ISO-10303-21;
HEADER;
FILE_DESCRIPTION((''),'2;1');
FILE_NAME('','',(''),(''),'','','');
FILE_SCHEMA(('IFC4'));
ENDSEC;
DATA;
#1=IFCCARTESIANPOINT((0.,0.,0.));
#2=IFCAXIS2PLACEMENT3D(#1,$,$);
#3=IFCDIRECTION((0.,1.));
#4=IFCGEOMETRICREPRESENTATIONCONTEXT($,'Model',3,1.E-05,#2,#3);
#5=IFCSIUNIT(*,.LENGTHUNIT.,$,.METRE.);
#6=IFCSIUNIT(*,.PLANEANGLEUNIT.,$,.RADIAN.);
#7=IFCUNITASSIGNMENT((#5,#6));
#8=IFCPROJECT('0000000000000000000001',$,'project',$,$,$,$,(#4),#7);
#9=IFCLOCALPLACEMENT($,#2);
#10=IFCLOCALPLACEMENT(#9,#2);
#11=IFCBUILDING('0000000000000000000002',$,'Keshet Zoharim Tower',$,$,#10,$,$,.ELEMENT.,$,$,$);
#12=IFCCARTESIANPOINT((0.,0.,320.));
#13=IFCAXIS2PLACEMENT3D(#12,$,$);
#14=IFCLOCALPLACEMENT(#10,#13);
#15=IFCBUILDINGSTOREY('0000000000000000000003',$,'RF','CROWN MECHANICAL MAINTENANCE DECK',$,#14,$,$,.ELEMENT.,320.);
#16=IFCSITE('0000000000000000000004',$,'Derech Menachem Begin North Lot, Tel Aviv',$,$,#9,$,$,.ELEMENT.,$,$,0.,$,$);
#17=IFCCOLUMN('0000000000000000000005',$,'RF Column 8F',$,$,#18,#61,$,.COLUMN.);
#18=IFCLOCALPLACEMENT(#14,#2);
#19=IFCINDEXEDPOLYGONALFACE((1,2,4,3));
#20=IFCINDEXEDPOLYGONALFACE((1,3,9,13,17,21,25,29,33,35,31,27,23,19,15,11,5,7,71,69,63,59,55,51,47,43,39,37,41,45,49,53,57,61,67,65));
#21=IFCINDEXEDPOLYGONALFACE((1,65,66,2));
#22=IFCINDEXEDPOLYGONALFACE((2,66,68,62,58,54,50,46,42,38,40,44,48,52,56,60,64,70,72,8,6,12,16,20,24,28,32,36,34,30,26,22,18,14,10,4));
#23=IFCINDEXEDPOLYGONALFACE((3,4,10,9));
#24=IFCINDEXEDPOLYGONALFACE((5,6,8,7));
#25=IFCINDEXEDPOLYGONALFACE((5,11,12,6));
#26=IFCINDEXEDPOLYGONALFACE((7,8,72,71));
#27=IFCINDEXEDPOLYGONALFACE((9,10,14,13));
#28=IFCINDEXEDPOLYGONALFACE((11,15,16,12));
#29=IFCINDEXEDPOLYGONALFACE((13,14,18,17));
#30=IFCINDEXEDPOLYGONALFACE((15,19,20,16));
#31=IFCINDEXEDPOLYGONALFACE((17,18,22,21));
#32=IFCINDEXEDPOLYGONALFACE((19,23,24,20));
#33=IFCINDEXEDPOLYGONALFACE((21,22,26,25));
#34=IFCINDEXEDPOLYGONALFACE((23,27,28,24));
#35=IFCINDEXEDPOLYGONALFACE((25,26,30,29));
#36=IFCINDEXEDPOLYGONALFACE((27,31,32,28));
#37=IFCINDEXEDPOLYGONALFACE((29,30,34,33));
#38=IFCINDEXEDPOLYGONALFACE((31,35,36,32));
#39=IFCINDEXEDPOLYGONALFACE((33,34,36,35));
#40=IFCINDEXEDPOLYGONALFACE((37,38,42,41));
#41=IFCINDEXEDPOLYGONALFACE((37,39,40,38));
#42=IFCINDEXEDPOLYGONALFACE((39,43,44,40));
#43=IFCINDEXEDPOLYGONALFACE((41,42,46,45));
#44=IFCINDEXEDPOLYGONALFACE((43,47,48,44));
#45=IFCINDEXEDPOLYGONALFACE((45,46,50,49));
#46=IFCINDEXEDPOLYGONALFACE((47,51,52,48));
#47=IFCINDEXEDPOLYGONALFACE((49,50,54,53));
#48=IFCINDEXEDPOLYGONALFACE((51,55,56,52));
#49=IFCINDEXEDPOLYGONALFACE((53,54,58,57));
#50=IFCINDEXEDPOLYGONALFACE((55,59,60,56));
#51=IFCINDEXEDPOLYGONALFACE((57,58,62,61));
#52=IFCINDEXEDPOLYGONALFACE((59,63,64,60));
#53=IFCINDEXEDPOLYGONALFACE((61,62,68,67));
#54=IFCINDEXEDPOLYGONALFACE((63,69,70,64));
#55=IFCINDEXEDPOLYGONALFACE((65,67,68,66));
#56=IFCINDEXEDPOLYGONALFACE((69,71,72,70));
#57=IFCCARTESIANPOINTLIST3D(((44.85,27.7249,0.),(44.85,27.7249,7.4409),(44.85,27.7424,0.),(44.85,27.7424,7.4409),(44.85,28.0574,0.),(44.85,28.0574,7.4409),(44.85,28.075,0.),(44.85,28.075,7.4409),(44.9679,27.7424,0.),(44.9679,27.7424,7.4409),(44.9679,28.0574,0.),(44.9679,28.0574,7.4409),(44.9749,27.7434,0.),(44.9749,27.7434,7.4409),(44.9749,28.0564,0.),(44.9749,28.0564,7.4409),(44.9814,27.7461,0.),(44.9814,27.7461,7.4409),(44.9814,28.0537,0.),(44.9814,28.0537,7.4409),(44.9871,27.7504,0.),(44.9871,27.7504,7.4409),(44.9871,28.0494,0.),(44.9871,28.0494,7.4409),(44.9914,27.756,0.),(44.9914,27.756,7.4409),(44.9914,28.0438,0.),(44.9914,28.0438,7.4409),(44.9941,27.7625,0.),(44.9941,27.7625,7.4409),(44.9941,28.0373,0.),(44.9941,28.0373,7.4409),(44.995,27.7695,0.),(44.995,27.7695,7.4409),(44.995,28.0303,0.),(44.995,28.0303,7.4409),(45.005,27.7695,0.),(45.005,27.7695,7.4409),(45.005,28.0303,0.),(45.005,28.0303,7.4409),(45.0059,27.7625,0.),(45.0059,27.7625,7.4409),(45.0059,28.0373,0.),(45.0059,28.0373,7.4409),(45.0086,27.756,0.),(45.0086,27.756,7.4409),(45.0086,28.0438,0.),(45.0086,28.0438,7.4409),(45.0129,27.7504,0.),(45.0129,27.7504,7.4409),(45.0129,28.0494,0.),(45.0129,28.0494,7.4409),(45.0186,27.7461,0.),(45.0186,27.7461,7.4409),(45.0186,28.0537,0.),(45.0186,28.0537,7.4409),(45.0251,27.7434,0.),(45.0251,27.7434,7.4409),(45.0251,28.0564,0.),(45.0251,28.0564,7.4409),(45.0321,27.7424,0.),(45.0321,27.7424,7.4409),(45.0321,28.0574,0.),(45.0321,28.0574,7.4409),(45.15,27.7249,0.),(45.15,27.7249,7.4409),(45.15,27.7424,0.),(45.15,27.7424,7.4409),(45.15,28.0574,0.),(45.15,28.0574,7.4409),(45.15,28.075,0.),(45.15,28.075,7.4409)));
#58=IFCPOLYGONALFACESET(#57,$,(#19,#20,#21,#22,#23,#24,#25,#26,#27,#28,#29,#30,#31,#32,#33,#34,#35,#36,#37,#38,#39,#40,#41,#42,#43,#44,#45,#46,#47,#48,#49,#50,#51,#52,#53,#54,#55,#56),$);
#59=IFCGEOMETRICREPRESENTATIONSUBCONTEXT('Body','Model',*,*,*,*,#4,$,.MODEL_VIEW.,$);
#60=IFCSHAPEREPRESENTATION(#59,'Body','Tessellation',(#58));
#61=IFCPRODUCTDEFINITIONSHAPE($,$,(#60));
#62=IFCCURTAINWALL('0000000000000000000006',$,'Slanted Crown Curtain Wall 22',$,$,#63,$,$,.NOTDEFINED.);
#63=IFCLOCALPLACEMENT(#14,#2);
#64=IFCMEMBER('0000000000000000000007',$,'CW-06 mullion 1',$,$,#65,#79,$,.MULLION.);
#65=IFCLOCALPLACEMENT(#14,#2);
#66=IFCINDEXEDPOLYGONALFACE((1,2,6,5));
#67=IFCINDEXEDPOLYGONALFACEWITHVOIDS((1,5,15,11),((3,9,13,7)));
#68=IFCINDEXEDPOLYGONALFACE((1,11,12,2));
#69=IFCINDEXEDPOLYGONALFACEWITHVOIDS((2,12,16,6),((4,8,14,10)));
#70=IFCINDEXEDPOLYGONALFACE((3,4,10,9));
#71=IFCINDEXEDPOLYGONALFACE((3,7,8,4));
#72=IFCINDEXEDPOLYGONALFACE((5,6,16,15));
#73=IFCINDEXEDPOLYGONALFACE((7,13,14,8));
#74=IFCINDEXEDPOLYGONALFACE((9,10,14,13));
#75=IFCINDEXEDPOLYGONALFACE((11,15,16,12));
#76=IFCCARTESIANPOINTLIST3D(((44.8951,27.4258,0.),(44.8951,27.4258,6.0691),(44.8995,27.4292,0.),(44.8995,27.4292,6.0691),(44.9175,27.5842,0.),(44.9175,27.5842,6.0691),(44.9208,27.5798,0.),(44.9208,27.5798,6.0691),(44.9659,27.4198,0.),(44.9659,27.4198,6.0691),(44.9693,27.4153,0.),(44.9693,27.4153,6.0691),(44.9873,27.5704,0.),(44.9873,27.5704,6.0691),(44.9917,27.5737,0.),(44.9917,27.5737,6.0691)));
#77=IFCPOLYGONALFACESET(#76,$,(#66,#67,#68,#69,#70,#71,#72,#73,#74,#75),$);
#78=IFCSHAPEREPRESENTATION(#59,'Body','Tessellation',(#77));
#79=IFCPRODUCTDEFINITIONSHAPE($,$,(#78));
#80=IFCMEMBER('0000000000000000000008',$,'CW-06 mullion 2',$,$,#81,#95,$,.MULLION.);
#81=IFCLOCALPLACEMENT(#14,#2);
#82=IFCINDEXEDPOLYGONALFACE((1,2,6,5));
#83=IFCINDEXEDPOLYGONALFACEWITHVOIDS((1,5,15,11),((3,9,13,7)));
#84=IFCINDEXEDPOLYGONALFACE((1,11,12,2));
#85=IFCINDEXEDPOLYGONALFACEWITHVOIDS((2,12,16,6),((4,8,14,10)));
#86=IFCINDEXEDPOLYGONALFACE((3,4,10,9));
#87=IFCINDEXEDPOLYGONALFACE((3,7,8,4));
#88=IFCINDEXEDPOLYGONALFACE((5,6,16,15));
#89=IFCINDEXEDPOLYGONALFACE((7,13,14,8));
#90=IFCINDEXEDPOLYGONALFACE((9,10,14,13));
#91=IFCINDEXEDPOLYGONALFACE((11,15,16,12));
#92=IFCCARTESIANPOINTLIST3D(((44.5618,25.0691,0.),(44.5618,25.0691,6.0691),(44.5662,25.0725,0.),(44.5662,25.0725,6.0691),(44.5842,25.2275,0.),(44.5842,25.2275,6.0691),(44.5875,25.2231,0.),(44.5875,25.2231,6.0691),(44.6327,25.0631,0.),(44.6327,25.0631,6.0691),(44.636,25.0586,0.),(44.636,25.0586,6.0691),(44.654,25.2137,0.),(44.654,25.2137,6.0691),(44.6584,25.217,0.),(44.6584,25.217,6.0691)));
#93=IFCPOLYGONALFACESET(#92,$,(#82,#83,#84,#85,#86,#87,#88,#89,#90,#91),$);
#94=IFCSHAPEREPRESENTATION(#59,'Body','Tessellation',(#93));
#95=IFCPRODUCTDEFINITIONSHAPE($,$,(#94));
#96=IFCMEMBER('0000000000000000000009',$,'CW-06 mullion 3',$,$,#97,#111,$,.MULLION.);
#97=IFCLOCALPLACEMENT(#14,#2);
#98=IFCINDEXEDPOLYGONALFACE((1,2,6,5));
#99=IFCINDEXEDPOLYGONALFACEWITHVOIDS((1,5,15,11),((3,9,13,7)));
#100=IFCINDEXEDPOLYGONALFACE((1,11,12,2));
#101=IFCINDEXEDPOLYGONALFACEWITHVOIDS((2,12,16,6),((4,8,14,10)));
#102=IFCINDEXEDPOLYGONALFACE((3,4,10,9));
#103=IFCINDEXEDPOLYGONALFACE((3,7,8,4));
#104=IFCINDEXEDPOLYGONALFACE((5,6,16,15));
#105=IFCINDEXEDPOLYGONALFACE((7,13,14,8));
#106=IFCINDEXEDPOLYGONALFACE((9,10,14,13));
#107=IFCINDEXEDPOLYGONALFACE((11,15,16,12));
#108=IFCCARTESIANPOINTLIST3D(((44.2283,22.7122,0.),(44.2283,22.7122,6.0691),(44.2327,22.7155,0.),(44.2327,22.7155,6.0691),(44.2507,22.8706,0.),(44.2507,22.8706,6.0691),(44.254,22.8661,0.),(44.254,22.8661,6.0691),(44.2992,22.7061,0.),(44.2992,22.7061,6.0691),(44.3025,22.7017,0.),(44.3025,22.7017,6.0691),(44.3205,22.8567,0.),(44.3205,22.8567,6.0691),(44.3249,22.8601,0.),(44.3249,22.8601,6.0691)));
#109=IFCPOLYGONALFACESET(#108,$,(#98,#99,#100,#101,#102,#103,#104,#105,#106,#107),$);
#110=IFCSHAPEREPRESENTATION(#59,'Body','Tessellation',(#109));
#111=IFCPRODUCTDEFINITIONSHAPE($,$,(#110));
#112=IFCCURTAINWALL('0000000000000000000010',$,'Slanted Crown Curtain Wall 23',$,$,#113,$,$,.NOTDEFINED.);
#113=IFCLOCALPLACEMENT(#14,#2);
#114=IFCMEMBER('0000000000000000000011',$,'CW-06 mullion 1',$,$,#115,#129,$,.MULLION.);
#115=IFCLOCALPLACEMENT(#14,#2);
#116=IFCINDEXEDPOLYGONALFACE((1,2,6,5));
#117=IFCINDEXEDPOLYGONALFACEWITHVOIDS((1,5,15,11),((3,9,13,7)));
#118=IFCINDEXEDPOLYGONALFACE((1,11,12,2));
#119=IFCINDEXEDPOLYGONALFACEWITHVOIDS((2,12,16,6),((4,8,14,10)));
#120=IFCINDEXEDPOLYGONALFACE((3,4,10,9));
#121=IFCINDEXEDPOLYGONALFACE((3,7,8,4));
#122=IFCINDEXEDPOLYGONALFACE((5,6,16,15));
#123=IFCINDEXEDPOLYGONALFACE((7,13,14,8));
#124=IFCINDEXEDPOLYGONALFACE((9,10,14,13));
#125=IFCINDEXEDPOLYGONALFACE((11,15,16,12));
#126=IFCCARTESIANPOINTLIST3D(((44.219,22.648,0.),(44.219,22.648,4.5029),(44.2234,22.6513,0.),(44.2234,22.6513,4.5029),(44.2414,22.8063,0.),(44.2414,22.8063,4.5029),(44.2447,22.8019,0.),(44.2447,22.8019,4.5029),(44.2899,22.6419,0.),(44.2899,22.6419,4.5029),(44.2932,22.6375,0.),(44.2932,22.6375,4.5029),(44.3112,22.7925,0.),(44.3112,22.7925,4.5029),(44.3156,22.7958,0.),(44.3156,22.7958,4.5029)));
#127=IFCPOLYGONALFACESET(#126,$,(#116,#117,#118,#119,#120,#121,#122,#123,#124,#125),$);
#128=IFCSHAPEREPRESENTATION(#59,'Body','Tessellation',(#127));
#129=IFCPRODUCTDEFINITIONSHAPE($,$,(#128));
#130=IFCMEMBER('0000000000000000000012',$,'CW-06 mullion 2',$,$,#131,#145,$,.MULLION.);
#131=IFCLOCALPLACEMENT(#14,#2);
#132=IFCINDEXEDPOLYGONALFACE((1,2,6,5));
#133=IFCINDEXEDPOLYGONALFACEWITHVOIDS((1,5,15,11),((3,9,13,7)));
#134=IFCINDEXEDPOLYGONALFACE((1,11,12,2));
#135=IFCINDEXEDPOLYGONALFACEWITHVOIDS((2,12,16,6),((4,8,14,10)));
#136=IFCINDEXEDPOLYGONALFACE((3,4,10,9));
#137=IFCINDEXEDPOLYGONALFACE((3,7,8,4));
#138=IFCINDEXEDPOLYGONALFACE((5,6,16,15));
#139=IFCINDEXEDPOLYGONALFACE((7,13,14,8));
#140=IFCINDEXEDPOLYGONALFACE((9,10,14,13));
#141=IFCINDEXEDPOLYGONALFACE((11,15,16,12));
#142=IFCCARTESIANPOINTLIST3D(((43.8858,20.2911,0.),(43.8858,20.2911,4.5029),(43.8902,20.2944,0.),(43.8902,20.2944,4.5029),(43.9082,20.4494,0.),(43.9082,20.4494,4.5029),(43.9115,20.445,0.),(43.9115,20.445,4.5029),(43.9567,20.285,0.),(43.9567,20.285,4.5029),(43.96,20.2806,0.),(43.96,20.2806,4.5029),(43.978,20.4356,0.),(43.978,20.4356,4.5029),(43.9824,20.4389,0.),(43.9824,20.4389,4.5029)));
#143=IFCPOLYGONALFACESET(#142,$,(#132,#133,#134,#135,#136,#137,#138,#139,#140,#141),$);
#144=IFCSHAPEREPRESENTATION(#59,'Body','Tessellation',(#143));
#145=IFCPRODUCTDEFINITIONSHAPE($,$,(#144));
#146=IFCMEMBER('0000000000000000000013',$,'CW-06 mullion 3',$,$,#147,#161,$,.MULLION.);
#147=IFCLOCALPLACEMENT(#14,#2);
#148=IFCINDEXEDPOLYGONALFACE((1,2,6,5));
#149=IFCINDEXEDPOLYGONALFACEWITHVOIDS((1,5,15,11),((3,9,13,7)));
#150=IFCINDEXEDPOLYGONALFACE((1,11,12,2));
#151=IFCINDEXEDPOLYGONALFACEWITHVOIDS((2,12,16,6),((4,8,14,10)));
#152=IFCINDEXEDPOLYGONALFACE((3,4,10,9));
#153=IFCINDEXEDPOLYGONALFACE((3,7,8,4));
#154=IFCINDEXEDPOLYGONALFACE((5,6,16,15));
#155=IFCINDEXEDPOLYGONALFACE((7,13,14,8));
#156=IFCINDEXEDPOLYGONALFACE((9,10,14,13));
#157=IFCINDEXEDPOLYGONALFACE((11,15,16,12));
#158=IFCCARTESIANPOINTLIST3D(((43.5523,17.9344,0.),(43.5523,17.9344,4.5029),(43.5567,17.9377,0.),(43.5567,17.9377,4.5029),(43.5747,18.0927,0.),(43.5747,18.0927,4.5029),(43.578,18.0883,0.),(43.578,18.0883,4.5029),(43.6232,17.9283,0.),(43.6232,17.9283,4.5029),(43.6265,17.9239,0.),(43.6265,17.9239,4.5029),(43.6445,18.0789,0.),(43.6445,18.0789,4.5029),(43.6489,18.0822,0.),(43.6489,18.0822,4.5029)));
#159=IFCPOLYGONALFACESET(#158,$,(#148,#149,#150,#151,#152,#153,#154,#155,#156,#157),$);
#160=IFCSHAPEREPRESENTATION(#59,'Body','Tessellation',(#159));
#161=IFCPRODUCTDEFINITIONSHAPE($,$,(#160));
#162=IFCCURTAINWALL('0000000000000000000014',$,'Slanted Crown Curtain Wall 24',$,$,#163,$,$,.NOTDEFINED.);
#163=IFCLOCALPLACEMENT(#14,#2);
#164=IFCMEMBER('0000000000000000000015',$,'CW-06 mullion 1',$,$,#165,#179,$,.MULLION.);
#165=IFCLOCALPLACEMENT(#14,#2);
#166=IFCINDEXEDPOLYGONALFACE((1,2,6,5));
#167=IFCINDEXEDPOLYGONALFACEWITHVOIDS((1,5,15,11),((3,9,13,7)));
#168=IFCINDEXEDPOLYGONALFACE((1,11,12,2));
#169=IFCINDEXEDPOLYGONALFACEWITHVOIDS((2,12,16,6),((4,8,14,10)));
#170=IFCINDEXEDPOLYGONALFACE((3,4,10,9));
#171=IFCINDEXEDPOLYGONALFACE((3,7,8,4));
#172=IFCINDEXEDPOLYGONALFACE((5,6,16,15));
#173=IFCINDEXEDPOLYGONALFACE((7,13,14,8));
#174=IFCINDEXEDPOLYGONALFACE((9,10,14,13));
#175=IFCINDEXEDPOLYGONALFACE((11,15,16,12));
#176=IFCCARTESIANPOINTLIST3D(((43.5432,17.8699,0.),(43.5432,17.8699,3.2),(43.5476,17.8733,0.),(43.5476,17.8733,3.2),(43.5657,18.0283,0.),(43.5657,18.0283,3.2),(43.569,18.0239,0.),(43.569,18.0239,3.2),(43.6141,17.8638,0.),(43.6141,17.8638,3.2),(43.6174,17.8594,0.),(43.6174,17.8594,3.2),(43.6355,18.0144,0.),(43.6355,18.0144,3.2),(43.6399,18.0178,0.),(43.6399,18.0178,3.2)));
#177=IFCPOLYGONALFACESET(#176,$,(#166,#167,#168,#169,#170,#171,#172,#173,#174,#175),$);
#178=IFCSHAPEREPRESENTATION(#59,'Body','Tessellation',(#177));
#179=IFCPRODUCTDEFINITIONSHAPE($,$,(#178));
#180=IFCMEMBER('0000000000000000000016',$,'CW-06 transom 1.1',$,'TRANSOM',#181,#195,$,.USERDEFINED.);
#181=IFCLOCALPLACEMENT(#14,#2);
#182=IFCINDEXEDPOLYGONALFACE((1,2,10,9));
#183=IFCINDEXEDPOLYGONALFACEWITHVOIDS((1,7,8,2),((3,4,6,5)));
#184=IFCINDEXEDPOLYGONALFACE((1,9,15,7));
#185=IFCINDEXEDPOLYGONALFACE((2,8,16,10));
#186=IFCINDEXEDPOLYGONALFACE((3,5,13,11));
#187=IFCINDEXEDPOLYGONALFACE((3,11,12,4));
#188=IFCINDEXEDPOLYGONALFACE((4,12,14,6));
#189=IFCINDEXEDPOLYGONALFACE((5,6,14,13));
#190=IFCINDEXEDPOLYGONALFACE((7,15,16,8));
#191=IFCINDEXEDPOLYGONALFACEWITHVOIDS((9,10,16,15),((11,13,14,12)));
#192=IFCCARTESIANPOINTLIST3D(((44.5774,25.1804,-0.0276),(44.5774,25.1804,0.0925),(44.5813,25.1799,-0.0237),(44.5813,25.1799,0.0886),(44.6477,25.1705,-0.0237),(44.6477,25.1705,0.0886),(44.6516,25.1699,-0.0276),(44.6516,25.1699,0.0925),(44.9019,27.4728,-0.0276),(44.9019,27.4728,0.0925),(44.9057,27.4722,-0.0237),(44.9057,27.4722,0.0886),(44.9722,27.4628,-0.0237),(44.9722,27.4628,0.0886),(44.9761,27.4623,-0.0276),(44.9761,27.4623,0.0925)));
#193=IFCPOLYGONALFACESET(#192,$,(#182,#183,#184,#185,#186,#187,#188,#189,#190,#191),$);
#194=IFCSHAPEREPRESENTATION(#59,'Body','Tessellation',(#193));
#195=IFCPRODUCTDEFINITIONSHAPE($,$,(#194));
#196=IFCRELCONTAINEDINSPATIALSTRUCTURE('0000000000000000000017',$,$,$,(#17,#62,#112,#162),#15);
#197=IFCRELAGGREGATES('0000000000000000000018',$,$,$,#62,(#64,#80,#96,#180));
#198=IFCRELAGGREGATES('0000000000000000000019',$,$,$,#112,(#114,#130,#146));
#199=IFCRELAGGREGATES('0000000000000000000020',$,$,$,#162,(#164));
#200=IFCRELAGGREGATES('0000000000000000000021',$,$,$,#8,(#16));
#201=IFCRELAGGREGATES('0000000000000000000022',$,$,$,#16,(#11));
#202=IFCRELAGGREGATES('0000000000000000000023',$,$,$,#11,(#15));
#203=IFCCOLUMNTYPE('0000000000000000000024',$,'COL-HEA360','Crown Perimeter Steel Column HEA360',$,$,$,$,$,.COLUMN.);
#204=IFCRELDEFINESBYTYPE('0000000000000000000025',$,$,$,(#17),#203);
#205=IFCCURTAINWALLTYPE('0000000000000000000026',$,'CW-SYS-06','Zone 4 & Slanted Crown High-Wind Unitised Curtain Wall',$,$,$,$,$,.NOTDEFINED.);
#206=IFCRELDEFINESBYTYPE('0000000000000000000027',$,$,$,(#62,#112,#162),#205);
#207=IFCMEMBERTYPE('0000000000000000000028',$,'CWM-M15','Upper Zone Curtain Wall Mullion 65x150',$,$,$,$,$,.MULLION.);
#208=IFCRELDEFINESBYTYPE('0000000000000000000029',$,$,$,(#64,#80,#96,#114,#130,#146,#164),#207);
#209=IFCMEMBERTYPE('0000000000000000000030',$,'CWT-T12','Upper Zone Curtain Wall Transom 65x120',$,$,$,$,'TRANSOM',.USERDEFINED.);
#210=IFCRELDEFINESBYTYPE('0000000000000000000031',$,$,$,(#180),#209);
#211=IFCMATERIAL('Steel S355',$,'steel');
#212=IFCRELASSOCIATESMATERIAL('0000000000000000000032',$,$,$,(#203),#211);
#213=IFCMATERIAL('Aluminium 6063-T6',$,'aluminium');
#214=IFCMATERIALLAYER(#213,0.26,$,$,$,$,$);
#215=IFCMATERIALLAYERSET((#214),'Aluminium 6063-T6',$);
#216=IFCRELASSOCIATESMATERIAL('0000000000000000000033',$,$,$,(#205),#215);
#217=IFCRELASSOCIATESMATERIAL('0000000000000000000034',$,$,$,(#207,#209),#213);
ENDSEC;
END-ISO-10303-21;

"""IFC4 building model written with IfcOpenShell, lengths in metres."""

from ifc_helpers import new_model, si_unit, direction, frame, origin, origin_2d, place, context, subcontext, project, spatial, hollow_rectangle, i_section, extrude, material, layer, layer_set, material_profile, profile_set, type_object, element, aggregate, save


model = new_model("IFC4")

# Units and contexts
model_context = context("Model", 3, precision=1e-05, world=origin(), true_north=direction((0.0, 1.0)))
body_context = subcontext(model_context, "Body", "Model", "MODEL_VIEW")
ifc_project = project(units=[si_unit("LENGTHUNIT", "METRE"), si_unit("PLANEANGLEUNIT", "RADIAN")], contexts=[model_context])

# Site, building, storey
site_placement = place(None, origin())
site = spatial("IfcSite", under=ifc_project, at=site_placement, Name="Derech Menachem Begin North Lot, Tel Aviv", CompositionType="ELEMENT", RefElevation=0.0)
building_placement = place(site_placement, origin())
building = spatial("IfcBuilding", under=site, at=building_placement, Name="Keshet Zoharim Tower", CompositionType="ELEMENT")
storey_placement = place(building_placement, frame((0.0, 0.0, 320.0)))
storey = spatial("IfcBuildingStorey", under=building, at=storey_placement, Name="RF", Description="CROWN MECHANICAL MAINTENANCE DECK", CompositionType="ELEMENT", Elevation=320.0)

# Column
ifc_material_1 = material(Name="Steel S355", Category="steel")
ifc_material_profile_1 = material_profile(ifc_material_1, i_section(OverallWidth=0.3, OverallDepth=0.3501, WebThickness=0.01, FlangeThickness=0.0176, FilletRadius=0.0271, at=origin_2d()), Name="HEA360")
ifc_profile_set_1 = profile_set([ifc_material_profile_1], Name="Steel S355")
column_type = type_object("IfcColumnType", Name="COL-HEA360", Description="Crown Perimeter Steel Column HEA360", PredefinedType="COLUMN", material=ifc_profile_set_1)
column_placement = place(storey_placement, frame((45.0, 27.8999, 0.0), z_axis=(0.0, 0.0, 1.0), x_axis=(1.0, 0.0, 0.0)))
element("IfcColumn", 1, at=column_placement, inside=storey, type_object=column_type, Name="RF Column 8F", PredefinedType="COLUMN", context=body_context, shape_type="SweptSolid", body=[
    extrude(i_section(OverallWidth=0.3, OverallDepth=0.3501, WebThickness=0.01, FlangeThickness=0.0176, FilletRadius=0.0271, at=origin_2d()), origin(), (0.0, 0.0, 1.0), 7.4409),
])

# Curtain walls, members
ifc_material_2 = material(Name="Aluminium 6063-T6", Category="aluminium")
ifc_layer_1 = layer(ifc_material_2, 0.26)
ifc_layer_set_1 = layer_set([ifc_layer_1], Name="Aluminium 6063-T6")
curtain_wall_type = type_object("IfcCurtainWallType", Name="CW-SYS-06", Description="Zone 4 & Slanted Crown High-Wind Unitised Curtain Wall", PredefinedType="NOTDEFINED", material=ifc_layer_set_1)
curtain_wall_1_placement = place(storey_placement, origin())
curtain_wall_1 = element("IfcCurtainWall", 2, at=curtain_wall_1_placement, inside=storey, type_object=curtain_wall_type, Name="Slanted Crown Curtain Wall 22", PredefinedType="NOTDEFINED")
ifc_material_profile_2 = material_profile(ifc_material_2, hollow_rectangle(XDim=0.075, YDim=0.1599, WallThickness=0.0039, at=origin_2d()), Name="MUL-75x160")
ifc_profile_set_2 = profile_set([ifc_material_profile_2], Name="Aluminium 6063-T6")
member_type_1 = type_object("IfcMemberType", Name="CWM-M15", Description="Upper Zone Curtain Wall Mullion 65x150", PredefinedType="MULLION", material=ifc_profile_set_2)
member_1_placement = place(storey_placement, frame((44.9434, 27.4998, 0.0), z_axis=(0.0, 0.0, 1.0), x_axis=(0.990139, -0.140087, 0.0)))
member_1 = element("IfcMember", 3, at=member_1_placement, type_object=member_type_1, Name="CW-06 mullion 1", PredefinedType="MULLION", context=body_context, shape_type="SweptSolid", body=[
    extrude(hollow_rectangle(XDim=0.075, YDim=0.1599, WallThickness=0.0039, at=origin_2d()), origin(), (0.0, 0.0, 1.0), 6.0691),
])
member_2_placement = place(storey_placement, frame((44.6101, 25.1431, 0.0), z_axis=(0.0, 0.0, 1.0), x_axis=(0.990139, -0.140087, 0.0)))
member_2 = element("IfcMember", 4, at=member_2_placement, type_object=member_type_1, Name="CW-06 mullion 2", PredefinedType="MULLION", context=body_context, shape_type="SweptSolid", body=[
    extrude(hollow_rectangle(XDim=0.075, YDim=0.1599, WallThickness=0.0039, at=origin_2d()), origin(), (0.0, 0.0, 1.0), 6.0691),
])
member_3_placement = place(storey_placement, frame((44.2766, 22.7861, 0.0), z_axis=(0.0, 0.0, 1.0), x_axis=(0.990139, -0.140087, 0.0)))
member_3 = element("IfcMember", 5, at=member_3_placement, type_object=member_type_1, Name="CW-06 mullion 3", PredefinedType="MULLION", context=body_context, shape_type="SweptSolid", body=[
    extrude(hollow_rectangle(XDim=0.075, YDim=0.1599, WallThickness=0.0039, at=origin_2d()), origin(), (0.0, 0.0, 1.0), 6.0691),
])
curtain_wall_2_placement = place(storey_placement, origin())
curtain_wall_2 = element("IfcCurtainWall", 6, at=curtain_wall_2_placement, inside=storey, type_object=curtain_wall_type, Name="Slanted Crown Curtain Wall 23", PredefinedType="NOTDEFINED")
member_4_placement = place(storey_placement, frame((44.2673, 22.7219, 0.0), z_axis=(0.0, 0.0, 1.0), x_axis=(0.990139, -0.140087, 0.0)))
member_4 = element("IfcMember", 7, at=member_4_placement, type_object=member_type_1, Name="CW-06 mullion 1", PredefinedType="MULLION", context=body_context, shape_type="SweptSolid", body=[
    extrude(hollow_rectangle(XDim=0.075, YDim=0.1599, WallThickness=0.0039, at=origin_2d()), origin(), (0.0, 0.0, 1.0), 4.5029),
])
member_5_placement = place(storey_placement, frame((43.9341, 20.365, 0.0), z_axis=(0.0, 0.0, 1.0), x_axis=(0.990139, -0.140087, 0.0)))
member_5 = element("IfcMember", 8, at=member_5_placement, type_object=member_type_1, Name="CW-06 mullion 2", PredefinedType="MULLION", context=body_context, shape_type="SweptSolid", body=[
    extrude(hollow_rectangle(XDim=0.075, YDim=0.1599, WallThickness=0.0039, at=origin_2d()), origin(), (0.0, 0.0, 1.0), 4.5029),
])
member_6_placement = place(storey_placement, frame((43.6006, 18.0083, 0.0), z_axis=(0.0, 0.0, 1.0), x_axis=(0.990139, -0.140087, 0.0)))
member_6 = element("IfcMember", 9, at=member_6_placement, type_object=member_type_1, Name="CW-06 mullion 3", PredefinedType="MULLION", context=body_context, shape_type="SweptSolid", body=[
    extrude(hollow_rectangle(XDim=0.075, YDim=0.1599, WallThickness=0.0039, at=origin_2d()), origin(), (0.0, 0.0, 1.0), 4.5029),
])

# Curtain wall, member
curtain_wall_3_placement = place(storey_placement, origin())
curtain_wall_3 = element("IfcCurtainWall", 10, at=curtain_wall_3_placement, inside=storey, type_object=curtain_wall_type, Name="Slanted Crown Curtain Wall 24", PredefinedType="NOTDEFINED")
member_7_placement = place(storey_placement, frame((43.5916, 17.9438, 0.0), z_axis=(0.0, 0.0, 1.0), x_axis=(0.99011, -0.14029, 0.0)))
member_7 = element("IfcMember", 11, at=member_7_placement, type_object=member_type_1, Name="CW-06 mullion 1", PredefinedType="MULLION", context=body_context, shape_type="SweptSolid", body=[
    extrude(hollow_rectangle(XDim=0.075, YDim=0.1599, WallThickness=0.0039, at=origin_2d()), origin(), (0.0, 0.0, 1.0), 3.2),
])

# Member
ifc_material_profile_3 = material_profile(ifc_material_2, hollow_rectangle(XDim=0.075, YDim=0.1201, WallThickness=0.0039, at=origin_2d()), Name="TRN-75x120")
ifc_profile_set_3 = profile_set([ifc_material_profile_3], Name="Aluminium 6063-T6")
member_type_2 = type_object("IfcMemberType", Name="CWT-T12", Description="Upper Zone Curtain Wall Transom 65x120", ElementType="TRANSOM", PredefinedType="USERDEFINED", material=ifc_profile_set_3)
member_8_placement = place(storey_placement, frame((44.939, 27.4675, 0.0325), z_axis=(-0.140152, -0.99013, 0.0), x_axis=(0.99013, -0.140152, 0.0)))
member_8 = element("IfcMember", 12, at=member_8_placement, type_object=member_type_2, Name="CW-06 transom 1.1", ObjectType="TRANSOM", PredefinedType="USERDEFINED", context=body_context, shape_type="SweptSolid", body=[
    extrude(hollow_rectangle(XDim=0.075, YDim=0.1201, WallThickness=0.0039, at=origin_2d()), origin(), (0.0, 0.0, 1.0), 2.3152),
])

aggregate(curtain_wall_1, [member_1, member_2, member_3, member_8])
aggregate(curtain_wall_2, [member_4, member_5, member_6])
aggregate(curtain_wall_3, [member_7])

save(model, "model.ifc")
